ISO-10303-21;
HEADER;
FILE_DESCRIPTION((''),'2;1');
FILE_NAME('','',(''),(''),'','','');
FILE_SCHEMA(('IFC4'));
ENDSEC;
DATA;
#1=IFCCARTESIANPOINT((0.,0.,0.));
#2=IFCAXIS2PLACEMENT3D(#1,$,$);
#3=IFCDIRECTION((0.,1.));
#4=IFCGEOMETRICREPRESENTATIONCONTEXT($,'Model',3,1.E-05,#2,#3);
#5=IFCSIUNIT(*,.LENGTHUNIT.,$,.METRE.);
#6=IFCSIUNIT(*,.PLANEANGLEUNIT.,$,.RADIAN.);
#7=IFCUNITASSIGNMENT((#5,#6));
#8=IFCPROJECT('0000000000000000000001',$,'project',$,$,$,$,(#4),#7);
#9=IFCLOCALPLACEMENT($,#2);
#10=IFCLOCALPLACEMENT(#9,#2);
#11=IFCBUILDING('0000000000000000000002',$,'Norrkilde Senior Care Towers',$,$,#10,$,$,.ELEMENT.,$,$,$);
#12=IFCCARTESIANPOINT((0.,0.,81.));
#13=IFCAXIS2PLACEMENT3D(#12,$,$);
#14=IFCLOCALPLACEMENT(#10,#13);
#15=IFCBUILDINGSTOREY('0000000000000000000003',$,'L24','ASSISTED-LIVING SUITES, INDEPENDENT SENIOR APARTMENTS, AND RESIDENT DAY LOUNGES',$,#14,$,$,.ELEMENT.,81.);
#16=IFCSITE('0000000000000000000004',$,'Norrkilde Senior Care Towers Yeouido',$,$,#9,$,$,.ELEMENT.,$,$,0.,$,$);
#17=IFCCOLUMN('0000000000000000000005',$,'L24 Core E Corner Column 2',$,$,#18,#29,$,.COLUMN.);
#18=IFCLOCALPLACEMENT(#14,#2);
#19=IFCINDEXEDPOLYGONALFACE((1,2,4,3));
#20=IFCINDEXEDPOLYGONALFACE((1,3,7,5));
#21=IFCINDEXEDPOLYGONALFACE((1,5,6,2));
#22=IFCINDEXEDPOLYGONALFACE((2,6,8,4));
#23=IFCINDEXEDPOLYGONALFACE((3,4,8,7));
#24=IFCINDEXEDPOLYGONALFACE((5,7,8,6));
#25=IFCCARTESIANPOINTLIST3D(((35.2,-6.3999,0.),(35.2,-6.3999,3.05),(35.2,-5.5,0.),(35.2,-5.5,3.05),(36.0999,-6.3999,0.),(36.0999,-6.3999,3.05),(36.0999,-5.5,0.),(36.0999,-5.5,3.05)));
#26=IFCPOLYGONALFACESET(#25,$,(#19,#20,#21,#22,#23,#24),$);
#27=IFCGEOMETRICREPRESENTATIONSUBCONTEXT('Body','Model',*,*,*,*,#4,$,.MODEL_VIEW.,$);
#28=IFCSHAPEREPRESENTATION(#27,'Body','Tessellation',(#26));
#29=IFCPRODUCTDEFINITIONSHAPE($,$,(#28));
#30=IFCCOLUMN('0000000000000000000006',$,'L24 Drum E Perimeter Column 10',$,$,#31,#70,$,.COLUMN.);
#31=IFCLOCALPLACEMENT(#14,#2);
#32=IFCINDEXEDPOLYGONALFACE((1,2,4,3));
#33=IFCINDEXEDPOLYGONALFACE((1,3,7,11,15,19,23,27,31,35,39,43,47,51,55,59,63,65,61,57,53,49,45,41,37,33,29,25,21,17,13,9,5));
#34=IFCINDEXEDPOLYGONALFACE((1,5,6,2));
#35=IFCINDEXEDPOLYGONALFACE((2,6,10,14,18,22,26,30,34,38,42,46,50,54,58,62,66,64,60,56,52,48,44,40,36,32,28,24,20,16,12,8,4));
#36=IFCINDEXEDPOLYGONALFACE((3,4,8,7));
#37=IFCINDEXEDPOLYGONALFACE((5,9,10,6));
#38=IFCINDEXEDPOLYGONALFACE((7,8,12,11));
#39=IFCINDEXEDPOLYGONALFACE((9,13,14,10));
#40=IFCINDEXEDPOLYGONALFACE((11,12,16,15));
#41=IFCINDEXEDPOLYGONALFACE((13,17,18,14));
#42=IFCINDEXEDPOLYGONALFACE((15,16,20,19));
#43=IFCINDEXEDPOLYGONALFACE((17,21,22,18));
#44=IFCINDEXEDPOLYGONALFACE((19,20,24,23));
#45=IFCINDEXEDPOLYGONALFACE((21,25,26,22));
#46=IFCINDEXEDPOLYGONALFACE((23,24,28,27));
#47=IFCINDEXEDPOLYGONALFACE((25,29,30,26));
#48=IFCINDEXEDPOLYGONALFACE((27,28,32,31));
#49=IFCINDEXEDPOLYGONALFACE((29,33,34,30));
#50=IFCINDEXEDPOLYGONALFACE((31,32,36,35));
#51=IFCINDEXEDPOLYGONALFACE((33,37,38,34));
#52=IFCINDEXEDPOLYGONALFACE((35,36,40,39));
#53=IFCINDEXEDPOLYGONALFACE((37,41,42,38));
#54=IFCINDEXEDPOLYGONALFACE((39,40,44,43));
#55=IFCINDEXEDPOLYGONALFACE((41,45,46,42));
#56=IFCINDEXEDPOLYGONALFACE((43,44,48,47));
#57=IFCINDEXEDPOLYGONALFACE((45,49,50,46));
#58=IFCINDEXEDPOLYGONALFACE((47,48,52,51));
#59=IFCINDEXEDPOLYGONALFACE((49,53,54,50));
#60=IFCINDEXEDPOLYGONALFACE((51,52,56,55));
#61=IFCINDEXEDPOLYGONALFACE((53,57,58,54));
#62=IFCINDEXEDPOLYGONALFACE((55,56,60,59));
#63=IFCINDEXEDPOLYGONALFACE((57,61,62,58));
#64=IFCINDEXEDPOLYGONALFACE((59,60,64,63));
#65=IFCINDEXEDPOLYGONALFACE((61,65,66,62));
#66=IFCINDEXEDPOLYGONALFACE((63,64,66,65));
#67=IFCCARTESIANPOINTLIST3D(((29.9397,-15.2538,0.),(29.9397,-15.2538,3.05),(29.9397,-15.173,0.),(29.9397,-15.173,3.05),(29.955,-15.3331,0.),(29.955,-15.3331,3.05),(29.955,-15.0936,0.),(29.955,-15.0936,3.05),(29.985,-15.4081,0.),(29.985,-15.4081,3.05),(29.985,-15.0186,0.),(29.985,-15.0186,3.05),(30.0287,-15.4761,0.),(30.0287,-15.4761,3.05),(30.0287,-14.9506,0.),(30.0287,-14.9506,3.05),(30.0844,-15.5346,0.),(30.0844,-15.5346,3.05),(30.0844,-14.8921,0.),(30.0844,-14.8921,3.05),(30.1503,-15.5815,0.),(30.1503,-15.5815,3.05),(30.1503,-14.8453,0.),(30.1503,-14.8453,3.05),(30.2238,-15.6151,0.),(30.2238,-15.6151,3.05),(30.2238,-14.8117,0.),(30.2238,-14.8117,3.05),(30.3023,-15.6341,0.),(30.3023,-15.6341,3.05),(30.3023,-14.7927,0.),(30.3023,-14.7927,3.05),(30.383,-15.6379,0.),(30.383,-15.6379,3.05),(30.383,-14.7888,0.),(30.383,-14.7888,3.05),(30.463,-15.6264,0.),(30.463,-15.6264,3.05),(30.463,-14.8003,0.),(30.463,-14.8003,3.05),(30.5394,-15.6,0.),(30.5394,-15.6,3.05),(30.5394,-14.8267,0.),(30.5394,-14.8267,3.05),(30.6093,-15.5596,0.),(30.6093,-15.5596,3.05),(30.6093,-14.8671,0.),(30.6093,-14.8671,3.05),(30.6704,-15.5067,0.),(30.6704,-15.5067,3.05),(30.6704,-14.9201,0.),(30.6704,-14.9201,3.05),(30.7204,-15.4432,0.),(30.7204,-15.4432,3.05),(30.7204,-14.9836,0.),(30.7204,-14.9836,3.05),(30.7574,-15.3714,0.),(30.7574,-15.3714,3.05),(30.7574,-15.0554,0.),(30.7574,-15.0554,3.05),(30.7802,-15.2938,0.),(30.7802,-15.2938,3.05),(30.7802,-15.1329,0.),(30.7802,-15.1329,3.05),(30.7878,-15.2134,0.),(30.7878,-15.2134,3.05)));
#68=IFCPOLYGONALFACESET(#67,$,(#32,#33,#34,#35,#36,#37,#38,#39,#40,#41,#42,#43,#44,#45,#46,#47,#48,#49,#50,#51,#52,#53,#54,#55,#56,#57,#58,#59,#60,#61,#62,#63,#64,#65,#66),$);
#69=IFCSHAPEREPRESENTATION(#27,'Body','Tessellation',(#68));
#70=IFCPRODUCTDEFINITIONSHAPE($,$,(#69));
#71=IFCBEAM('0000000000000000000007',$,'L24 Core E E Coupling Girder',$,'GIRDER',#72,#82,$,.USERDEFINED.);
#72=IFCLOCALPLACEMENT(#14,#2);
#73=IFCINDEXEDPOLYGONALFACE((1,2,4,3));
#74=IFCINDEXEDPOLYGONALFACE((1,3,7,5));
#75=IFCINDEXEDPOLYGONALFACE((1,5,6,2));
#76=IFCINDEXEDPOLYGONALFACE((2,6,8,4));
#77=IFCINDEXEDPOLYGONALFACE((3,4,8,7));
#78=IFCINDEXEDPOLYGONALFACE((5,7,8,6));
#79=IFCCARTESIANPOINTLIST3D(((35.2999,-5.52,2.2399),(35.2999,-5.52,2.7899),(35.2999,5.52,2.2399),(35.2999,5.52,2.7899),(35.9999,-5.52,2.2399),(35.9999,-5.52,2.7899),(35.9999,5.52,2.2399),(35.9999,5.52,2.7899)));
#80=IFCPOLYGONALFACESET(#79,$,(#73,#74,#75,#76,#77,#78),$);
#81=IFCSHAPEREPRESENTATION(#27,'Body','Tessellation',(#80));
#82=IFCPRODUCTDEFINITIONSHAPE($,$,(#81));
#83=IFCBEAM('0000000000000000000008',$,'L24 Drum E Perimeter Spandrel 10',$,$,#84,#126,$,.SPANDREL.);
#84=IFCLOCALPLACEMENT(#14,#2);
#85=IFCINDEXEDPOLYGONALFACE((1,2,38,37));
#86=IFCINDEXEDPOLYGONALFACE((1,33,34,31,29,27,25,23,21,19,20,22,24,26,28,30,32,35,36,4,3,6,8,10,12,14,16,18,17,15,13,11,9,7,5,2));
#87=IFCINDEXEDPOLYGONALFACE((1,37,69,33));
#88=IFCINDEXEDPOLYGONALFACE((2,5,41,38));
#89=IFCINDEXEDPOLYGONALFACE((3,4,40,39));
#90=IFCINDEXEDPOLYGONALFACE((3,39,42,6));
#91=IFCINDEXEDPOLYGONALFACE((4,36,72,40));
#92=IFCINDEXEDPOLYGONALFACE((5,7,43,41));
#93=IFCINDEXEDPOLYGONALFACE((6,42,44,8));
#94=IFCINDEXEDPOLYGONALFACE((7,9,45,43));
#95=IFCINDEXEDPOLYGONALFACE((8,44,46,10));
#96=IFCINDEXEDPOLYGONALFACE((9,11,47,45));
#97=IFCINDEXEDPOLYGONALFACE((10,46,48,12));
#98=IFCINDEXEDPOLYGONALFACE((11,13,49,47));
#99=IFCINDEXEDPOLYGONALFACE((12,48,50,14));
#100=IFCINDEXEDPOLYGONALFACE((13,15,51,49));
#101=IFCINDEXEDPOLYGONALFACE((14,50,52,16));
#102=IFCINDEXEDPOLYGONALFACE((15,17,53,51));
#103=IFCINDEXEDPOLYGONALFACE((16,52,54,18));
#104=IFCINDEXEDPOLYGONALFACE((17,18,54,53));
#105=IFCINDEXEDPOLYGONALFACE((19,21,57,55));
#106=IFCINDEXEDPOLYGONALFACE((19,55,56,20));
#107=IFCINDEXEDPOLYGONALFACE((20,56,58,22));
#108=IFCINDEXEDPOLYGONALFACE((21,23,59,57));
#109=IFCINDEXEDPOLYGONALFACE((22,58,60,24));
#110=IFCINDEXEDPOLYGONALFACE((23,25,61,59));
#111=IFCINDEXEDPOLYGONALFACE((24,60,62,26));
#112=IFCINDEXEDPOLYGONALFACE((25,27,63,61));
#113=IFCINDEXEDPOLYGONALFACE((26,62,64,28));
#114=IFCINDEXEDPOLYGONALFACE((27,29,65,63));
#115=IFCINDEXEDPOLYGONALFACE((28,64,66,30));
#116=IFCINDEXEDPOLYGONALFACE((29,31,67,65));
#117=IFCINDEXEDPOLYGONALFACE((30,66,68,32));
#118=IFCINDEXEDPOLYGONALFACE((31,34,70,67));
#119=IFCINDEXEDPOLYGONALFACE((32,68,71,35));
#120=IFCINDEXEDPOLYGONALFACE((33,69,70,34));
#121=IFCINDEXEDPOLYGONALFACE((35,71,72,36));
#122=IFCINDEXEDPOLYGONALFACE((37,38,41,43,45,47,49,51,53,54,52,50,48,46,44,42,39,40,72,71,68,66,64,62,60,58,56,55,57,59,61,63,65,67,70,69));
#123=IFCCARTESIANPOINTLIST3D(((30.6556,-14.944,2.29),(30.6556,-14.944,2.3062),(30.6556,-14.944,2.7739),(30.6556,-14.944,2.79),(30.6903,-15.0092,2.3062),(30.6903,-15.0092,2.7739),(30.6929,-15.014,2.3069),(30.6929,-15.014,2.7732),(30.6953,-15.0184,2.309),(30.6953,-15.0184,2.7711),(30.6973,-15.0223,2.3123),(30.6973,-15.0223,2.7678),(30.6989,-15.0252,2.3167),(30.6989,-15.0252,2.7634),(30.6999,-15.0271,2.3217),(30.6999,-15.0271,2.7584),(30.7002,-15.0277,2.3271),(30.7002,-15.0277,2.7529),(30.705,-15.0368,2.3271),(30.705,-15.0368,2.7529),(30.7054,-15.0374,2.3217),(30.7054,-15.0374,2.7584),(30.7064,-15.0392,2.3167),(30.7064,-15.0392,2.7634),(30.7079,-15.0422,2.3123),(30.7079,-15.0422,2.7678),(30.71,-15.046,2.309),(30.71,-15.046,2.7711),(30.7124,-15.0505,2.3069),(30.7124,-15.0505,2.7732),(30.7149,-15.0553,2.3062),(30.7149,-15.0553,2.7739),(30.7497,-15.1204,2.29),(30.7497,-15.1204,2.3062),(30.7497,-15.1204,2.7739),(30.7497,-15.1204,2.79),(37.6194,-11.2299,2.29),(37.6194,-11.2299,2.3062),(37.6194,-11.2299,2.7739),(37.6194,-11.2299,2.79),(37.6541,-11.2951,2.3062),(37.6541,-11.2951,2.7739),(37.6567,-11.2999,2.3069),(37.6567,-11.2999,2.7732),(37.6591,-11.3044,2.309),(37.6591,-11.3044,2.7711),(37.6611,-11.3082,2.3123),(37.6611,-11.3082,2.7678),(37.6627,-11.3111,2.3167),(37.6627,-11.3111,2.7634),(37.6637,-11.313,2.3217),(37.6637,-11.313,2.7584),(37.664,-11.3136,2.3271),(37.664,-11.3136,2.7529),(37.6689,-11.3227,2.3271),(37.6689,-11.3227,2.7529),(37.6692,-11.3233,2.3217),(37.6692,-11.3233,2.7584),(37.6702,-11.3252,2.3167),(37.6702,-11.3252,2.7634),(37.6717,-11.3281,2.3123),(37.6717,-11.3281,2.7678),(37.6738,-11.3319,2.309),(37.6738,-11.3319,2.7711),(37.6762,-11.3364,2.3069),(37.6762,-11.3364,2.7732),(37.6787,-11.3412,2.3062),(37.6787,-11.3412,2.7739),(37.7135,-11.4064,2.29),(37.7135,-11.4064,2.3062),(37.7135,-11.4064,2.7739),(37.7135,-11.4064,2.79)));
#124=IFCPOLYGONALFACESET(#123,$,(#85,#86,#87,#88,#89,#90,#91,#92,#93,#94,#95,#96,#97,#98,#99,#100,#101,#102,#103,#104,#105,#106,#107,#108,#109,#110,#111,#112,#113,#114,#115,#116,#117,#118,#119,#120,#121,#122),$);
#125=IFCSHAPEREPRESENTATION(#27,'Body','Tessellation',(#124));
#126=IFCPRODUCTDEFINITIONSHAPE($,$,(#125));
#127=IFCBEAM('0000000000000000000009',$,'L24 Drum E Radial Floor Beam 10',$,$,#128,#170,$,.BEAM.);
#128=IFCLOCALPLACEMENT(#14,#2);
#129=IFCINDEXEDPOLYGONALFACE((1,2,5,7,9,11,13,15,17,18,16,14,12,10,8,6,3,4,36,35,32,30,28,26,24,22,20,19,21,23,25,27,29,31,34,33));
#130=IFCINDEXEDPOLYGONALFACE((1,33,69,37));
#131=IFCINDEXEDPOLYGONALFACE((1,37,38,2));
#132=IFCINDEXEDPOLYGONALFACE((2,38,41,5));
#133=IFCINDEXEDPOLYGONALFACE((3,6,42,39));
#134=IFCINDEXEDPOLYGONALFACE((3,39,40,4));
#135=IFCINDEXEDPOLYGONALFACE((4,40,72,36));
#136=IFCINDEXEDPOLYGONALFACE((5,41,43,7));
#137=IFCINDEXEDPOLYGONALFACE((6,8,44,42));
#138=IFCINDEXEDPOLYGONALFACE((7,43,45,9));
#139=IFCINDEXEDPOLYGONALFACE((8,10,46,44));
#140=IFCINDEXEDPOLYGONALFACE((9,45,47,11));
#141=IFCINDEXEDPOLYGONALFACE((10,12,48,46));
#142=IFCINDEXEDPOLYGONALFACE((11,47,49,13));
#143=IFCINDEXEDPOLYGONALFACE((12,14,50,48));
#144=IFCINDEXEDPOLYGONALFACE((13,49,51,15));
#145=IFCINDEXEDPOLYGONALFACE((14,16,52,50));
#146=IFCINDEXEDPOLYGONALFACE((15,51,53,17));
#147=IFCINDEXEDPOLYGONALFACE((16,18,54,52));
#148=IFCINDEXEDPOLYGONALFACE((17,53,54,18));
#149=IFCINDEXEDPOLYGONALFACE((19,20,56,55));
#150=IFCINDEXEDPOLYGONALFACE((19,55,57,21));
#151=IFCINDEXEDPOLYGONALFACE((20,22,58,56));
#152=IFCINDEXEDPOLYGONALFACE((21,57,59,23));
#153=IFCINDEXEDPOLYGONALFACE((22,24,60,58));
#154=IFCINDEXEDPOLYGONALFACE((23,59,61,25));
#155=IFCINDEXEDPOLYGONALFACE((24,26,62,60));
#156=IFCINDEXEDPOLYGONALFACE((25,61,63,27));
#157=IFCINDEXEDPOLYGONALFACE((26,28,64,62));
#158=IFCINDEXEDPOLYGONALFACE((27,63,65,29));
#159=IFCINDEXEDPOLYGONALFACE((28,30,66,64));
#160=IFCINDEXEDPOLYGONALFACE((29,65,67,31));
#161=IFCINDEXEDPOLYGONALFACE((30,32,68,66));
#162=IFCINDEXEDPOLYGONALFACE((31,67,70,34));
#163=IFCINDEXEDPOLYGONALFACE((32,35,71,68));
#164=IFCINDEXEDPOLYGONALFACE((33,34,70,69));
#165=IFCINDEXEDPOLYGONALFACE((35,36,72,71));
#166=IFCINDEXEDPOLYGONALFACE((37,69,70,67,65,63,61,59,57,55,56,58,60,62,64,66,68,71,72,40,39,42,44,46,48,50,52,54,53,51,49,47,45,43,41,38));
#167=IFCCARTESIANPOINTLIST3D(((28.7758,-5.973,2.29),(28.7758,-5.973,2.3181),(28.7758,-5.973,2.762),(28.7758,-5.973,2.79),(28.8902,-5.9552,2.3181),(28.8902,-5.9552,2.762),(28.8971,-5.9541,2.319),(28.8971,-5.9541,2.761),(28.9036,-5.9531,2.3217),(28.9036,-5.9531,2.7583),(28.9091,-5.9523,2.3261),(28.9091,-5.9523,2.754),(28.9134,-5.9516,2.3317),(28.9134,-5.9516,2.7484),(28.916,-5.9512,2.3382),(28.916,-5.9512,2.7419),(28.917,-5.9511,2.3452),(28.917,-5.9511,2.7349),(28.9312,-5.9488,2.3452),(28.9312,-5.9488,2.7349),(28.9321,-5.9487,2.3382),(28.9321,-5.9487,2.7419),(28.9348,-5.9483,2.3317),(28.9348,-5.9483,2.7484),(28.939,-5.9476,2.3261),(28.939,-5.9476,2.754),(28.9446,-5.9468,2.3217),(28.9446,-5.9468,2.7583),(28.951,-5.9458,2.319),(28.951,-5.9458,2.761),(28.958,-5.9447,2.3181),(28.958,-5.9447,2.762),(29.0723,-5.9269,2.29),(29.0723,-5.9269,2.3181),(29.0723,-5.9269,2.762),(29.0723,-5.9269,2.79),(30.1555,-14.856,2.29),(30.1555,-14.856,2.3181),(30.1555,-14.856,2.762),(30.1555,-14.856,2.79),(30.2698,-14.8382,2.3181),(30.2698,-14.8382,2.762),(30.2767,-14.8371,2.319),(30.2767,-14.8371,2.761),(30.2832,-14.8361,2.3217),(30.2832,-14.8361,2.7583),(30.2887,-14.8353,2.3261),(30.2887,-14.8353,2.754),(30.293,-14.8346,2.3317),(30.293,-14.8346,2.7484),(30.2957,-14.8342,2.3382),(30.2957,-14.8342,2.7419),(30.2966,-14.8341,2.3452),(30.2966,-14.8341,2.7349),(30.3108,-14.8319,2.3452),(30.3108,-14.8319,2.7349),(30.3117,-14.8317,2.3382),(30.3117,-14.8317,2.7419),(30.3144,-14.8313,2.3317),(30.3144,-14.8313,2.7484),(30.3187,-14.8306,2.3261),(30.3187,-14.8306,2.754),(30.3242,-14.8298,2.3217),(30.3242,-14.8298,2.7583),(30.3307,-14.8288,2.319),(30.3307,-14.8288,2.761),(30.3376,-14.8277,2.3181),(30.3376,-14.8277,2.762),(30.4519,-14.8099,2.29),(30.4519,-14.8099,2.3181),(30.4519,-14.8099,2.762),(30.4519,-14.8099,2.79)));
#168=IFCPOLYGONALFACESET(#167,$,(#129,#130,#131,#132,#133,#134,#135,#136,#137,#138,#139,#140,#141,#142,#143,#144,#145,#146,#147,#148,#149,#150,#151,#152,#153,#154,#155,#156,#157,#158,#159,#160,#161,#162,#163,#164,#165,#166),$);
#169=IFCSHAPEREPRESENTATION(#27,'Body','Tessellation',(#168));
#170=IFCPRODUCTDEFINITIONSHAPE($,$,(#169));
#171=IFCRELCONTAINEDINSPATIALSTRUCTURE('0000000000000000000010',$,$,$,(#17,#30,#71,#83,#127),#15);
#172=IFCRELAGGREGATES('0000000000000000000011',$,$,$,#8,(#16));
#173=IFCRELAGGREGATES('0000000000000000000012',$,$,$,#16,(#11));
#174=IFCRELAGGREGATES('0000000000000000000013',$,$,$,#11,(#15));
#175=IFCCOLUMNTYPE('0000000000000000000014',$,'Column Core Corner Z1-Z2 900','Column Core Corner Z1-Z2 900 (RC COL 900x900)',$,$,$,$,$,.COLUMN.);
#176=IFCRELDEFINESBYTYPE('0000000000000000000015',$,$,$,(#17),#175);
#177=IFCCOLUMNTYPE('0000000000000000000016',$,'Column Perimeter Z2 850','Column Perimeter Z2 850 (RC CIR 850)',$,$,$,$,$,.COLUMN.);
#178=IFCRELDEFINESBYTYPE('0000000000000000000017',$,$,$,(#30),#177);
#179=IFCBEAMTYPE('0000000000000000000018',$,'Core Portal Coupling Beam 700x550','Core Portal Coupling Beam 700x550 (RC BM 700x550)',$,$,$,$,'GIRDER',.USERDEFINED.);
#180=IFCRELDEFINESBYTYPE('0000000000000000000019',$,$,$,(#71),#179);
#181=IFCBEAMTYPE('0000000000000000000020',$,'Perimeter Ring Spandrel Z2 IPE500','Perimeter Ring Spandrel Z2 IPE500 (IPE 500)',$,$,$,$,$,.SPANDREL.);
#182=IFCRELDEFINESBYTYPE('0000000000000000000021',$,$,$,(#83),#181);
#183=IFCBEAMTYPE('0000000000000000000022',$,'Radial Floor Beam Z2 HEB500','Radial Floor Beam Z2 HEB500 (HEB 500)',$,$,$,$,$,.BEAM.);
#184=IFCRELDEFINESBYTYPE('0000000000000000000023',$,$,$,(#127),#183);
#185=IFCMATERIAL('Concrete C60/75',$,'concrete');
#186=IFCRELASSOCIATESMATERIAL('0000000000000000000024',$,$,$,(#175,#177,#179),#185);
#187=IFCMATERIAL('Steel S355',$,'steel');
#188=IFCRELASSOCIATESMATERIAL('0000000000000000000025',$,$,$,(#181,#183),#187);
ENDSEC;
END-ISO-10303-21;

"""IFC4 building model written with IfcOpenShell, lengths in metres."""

from ifc_helpers import new_model, si_unit, direction, frame, origin, origin_2d, place, context, subcontext, project, spatial, rectangle, circle, i_section, extrude, source, transform, mapped, material, material_profile, profile_set, type_object, type_shapes, element, save


model = new_model("IFC4")

# Units and contexts
model_context = context("Model", 3, precision=1e-05, world=origin(), true_north=direction((0.0, 1.0)))
body_context = subcontext(model_context, "Body", "Model", "MODEL_VIEW")
ifc_project = project(units=[si_unit("LENGTHUNIT", "METRE"), si_unit("PLANEANGLEUNIT", "RADIAN")], contexts=[model_context])

# Site, building, storey
site_placement = place(None, origin())
site = spatial("IfcSite", under=ifc_project, at=site_placement, Name="Norrkilde Senior Care Towers Yeouido", CompositionType="ELEMENT", RefElevation=0.0)
building_placement = place(site_placement, origin())
building = spatial("IfcBuilding", under=site, at=building_placement, Name="Norrkilde Senior Care Towers", CompositionType="ELEMENT")
storey_placement = place(building_placement, frame((0.0, 0.0, 81.0)))
storey = spatial("IfcBuildingStorey", under=building, at=storey_placement, Name="L24", Description="ASSISTED-LIVING SUITES, INDEPENDENT SENIOR APARTMENTS, AND RESIDENT DAY LOUNGES", CompositionType="ELEMENT", Elevation=81.0)

# Columns
ifc_material_1 = material(Name="Concrete C60/75", Category="concrete")
ifc_material_profile_1 = material_profile(ifc_material_1, rectangle(XDim=0.8999, YDim=0.8999, at=origin_2d()), Name="RC COL 900x900")
ifc_profile_set_1 = profile_set([ifc_material_profile_1], Name="Concrete C60/75")
column_type_1 = type_object("IfcColumnType", Name="Column Core Corner Z1-Z2 900", Description="Column Core Corner Z1-Z2 900 (RC COL 900x900)", PredefinedType="COLUMN", material=ifc_profile_set_1)
shared_shape_1 = source(origin(), body_context, "Body", "SweptSolid", [
    extrude(rectangle(XDim=0.8999, YDim=0.8999, at=origin_2d()), origin(), (0.0, 0.0, 1.0), 3.05),
])
type_shapes(column_type_1, [shared_shape_1])
column_1_placement = place(storey_placement, frame((35.6499, -5.95, 0.0), z_axis=(0.0, 0.0, 1.0), x_axis=(1.0, 0.0, 0.0)))
element("IfcColumn", 1, at=column_1_placement, inside=storey, type_object=column_type_1, Name="L24 Core E Corner Column 2", PredefinedType="COLUMN", context=body_context, shape_type="MappedRepresentation", body=[
    mapped(shared_shape_1, transform((0.0, 0.0, 0.0), x_axis=(1.0, 0.0, 0.0), y_axis=(0.0, 1.0, 0.0), z_axis=(0.0, 0.0, 1.0), scale=1.0)),
])
ifc_material_profile_2 = material_profile(ifc_material_1, circle(Radius=0.425, at=origin_2d()), Name="RC CIR 850")
ifc_profile_set_2 = profile_set([ifc_material_profile_2], Name="Concrete C60/75")
column_type_2 = type_object("IfcColumnType", Name="Column Perimeter Z2 850", Description="Column Perimeter Z2 850 (RC CIR 850)", PredefinedType="COLUMN", material=ifc_profile_set_2)
shared_shape_2 = source(origin(), body_context, "Body", "SweptSolid", [
    extrude(circle(Radius=0.425, at=origin_2d()), origin(), (0.0, 0.0, 1.0), 3.05),
])
type_shapes(column_type_2, [shared_shape_2])
column_2_placement = place(storey_placement, frame((30.3628, -15.2134, 0.0), z_axis=(0.0, 0.0, 1.0), x_axis=(1.0, 0.0, 0.0)))
element("IfcColumn", 2, at=column_2_placement, inside=storey, type_object=column_type_2, Name="L24 Drum E Perimeter Column 10", PredefinedType="COLUMN", context=body_context, shape_type="MappedRepresentation", body=[
    mapped(shared_shape_2, transform((0.0, 0.0, 0.0), x_axis=(1.0, 0.0, 0.0), y_axis=(0.0, 1.0, 0.0), z_axis=(0.0, 0.0, 1.0), scale=1.0)),
])

# Beams
ifc_material_profile_3 = material_profile(ifc_material_1, rectangle(XDim=0.7, YDim=0.55, at=origin_2d()), Name="RC BM 700x550")
ifc_profile_set_3 = profile_set([ifc_material_profile_3], Name="Concrete C60/75")
beam_type_1 = type_object("IfcBeamType", Name="Core Portal Coupling Beam 700x550", Description="Core Portal Coupling Beam 700x550 (RC BM 700x550)", ElementType="GIRDER", PredefinedType="USERDEFINED", material=ifc_profile_set_3)
shared_shape_3 = source(origin(), body_context, "Body", "SweptSolid", [
    extrude(rectangle(XDim=0.7, YDim=0.55, at=origin_2d()), origin(), (0.0, 0.0, 1.0), 11.04),
])
type_shapes(beam_type_1, [shared_shape_3])
beam_1_placement = place(storey_placement, frame((35.6499, -5.52, 2.5149), z_axis=(0.0, 1.0, 0.0), x_axis=(-1.0, 0.0, 0.0)))
element("IfcBeam", 3, at=beam_1_placement, inside=storey, type_object=beam_type_1, Name="L24 Core E E Coupling Girder", ObjectType="GIRDER", PredefinedType="USERDEFINED", context=body_context, shape_type="MappedRepresentation", body=[
    mapped(shared_shape_3, transform((0.0, 0.0, 0.0), x_axis=(1.0, 0.0, 0.0), y_axis=(0.0, 1.0, 0.0), z_axis=(0.0, 0.0, 1.0), scale=1.0)),
])
ifc_material_2 = material(Name="Steel S355", Category="steel")
ifc_material_profile_4 = material_profile(ifc_material_2, i_section(OverallWidth=0.2, OverallDepth=0.5, WebThickness=0.0103, FlangeThickness=0.0161, FilletRadius=0.021, at=origin_2d()), Name="IPE 500")
ifc_profile_set_4 = profile_set([ifc_material_profile_4], Name="Steel S355")
beam_type_2 = type_object("IfcBeamType", Name="Perimeter Ring Spandrel Z2 IPE500", Description="Perimeter Ring Spandrel Z2 IPE500 (IPE 500)", PredefinedType="SPANDREL", material=ifc_profile_set_4)
shared_shape_4 = source(origin(), body_context, "Body", "SweptSolid", [
    extrude(i_section(OverallWidth=0.2, OverallDepth=0.5, WebThickness=0.0103, FlangeThickness=0.0161, FilletRadius=0.021, at=origin_2d()), origin(), (0.0, 0.0, 1.0), 7.8923),
])
type_shapes(beam_type_2, [shared_shape_4])
beam_2_placement = place(storey_placement, frame((30.7026, -15.0322, 2.54), z_axis=(0.88235, 0.470593, 0.0), x_axis=(-0.470593, 0.88235, 0.0)))
element("IfcBeam", 4, at=beam_2_placement, inside=storey, type_object=beam_type_2, Name="L24 Drum E Perimeter Spandrel 10", PredefinedType="SPANDREL", context=body_context, shape_type="MappedRepresentation", body=[
    mapped(shared_shape_4, transform((0.0, 0.0, 0.0), x_axis=(1.0, 0.0, 0.0), y_axis=(0.0, 1.0, 0.0), z_axis=(0.0, 0.0, 1.0), scale=1.0)),
])
ifc_material_profile_5 = material_profile(ifc_material_2, i_section(OverallWidth=0.3, OverallDepth=0.5, WebThickness=0.0144, FlangeThickness=0.0281, FilletRadius=0.0271, at=origin_2d()), Name="HEB 500")
ifc_profile_set_5 = profile_set([ifc_material_profile_5], Name="Steel S355")
beam_type_3 = type_object("IfcBeamType", Name="Radial Floor Beam Z2 HEB500", Description="Radial Floor Beam Z2 HEB500 (HEB 500)", PredefinedType="BEAM", material=ifc_profile_set_5)
shared_shape_5 = source(origin(), body_context, "Body", "SweptSolid", [
    extrude(i_section(OverallWidth=0.3, OverallDepth=0.5, WebThickness=0.0144, FlangeThickness=0.0281, FilletRadius=0.0271, at=origin_2d()), origin(), (0.0, 0.0, 1.0), 8.9895),
])
beam_3_placement = place(storey_placement, frame((28.9241, -5.95, 2.54), z_axis=(0.153471, -0.988153, 0.0), x_axis=(0.988153, 0.153471, 0.0)))
element("IfcBeam", 5, at=beam_3_placement, inside=storey, type_object=beam_type_3, Name="L24 Drum E Radial Floor Beam 10", PredefinedType="BEAM", context=body_context, shape_type="MappedRepresentation", body=[
    mapped(shared_shape_5, transform((0.0, 0.0, 0.0), x_axis=(1.0, 0.0, 0.0), y_axis=(0.0, 1.0, 0.0), z_axis=(0.0, 0.0, 1.0), scale=1.0)),
])

save(model, "model.ifc")
